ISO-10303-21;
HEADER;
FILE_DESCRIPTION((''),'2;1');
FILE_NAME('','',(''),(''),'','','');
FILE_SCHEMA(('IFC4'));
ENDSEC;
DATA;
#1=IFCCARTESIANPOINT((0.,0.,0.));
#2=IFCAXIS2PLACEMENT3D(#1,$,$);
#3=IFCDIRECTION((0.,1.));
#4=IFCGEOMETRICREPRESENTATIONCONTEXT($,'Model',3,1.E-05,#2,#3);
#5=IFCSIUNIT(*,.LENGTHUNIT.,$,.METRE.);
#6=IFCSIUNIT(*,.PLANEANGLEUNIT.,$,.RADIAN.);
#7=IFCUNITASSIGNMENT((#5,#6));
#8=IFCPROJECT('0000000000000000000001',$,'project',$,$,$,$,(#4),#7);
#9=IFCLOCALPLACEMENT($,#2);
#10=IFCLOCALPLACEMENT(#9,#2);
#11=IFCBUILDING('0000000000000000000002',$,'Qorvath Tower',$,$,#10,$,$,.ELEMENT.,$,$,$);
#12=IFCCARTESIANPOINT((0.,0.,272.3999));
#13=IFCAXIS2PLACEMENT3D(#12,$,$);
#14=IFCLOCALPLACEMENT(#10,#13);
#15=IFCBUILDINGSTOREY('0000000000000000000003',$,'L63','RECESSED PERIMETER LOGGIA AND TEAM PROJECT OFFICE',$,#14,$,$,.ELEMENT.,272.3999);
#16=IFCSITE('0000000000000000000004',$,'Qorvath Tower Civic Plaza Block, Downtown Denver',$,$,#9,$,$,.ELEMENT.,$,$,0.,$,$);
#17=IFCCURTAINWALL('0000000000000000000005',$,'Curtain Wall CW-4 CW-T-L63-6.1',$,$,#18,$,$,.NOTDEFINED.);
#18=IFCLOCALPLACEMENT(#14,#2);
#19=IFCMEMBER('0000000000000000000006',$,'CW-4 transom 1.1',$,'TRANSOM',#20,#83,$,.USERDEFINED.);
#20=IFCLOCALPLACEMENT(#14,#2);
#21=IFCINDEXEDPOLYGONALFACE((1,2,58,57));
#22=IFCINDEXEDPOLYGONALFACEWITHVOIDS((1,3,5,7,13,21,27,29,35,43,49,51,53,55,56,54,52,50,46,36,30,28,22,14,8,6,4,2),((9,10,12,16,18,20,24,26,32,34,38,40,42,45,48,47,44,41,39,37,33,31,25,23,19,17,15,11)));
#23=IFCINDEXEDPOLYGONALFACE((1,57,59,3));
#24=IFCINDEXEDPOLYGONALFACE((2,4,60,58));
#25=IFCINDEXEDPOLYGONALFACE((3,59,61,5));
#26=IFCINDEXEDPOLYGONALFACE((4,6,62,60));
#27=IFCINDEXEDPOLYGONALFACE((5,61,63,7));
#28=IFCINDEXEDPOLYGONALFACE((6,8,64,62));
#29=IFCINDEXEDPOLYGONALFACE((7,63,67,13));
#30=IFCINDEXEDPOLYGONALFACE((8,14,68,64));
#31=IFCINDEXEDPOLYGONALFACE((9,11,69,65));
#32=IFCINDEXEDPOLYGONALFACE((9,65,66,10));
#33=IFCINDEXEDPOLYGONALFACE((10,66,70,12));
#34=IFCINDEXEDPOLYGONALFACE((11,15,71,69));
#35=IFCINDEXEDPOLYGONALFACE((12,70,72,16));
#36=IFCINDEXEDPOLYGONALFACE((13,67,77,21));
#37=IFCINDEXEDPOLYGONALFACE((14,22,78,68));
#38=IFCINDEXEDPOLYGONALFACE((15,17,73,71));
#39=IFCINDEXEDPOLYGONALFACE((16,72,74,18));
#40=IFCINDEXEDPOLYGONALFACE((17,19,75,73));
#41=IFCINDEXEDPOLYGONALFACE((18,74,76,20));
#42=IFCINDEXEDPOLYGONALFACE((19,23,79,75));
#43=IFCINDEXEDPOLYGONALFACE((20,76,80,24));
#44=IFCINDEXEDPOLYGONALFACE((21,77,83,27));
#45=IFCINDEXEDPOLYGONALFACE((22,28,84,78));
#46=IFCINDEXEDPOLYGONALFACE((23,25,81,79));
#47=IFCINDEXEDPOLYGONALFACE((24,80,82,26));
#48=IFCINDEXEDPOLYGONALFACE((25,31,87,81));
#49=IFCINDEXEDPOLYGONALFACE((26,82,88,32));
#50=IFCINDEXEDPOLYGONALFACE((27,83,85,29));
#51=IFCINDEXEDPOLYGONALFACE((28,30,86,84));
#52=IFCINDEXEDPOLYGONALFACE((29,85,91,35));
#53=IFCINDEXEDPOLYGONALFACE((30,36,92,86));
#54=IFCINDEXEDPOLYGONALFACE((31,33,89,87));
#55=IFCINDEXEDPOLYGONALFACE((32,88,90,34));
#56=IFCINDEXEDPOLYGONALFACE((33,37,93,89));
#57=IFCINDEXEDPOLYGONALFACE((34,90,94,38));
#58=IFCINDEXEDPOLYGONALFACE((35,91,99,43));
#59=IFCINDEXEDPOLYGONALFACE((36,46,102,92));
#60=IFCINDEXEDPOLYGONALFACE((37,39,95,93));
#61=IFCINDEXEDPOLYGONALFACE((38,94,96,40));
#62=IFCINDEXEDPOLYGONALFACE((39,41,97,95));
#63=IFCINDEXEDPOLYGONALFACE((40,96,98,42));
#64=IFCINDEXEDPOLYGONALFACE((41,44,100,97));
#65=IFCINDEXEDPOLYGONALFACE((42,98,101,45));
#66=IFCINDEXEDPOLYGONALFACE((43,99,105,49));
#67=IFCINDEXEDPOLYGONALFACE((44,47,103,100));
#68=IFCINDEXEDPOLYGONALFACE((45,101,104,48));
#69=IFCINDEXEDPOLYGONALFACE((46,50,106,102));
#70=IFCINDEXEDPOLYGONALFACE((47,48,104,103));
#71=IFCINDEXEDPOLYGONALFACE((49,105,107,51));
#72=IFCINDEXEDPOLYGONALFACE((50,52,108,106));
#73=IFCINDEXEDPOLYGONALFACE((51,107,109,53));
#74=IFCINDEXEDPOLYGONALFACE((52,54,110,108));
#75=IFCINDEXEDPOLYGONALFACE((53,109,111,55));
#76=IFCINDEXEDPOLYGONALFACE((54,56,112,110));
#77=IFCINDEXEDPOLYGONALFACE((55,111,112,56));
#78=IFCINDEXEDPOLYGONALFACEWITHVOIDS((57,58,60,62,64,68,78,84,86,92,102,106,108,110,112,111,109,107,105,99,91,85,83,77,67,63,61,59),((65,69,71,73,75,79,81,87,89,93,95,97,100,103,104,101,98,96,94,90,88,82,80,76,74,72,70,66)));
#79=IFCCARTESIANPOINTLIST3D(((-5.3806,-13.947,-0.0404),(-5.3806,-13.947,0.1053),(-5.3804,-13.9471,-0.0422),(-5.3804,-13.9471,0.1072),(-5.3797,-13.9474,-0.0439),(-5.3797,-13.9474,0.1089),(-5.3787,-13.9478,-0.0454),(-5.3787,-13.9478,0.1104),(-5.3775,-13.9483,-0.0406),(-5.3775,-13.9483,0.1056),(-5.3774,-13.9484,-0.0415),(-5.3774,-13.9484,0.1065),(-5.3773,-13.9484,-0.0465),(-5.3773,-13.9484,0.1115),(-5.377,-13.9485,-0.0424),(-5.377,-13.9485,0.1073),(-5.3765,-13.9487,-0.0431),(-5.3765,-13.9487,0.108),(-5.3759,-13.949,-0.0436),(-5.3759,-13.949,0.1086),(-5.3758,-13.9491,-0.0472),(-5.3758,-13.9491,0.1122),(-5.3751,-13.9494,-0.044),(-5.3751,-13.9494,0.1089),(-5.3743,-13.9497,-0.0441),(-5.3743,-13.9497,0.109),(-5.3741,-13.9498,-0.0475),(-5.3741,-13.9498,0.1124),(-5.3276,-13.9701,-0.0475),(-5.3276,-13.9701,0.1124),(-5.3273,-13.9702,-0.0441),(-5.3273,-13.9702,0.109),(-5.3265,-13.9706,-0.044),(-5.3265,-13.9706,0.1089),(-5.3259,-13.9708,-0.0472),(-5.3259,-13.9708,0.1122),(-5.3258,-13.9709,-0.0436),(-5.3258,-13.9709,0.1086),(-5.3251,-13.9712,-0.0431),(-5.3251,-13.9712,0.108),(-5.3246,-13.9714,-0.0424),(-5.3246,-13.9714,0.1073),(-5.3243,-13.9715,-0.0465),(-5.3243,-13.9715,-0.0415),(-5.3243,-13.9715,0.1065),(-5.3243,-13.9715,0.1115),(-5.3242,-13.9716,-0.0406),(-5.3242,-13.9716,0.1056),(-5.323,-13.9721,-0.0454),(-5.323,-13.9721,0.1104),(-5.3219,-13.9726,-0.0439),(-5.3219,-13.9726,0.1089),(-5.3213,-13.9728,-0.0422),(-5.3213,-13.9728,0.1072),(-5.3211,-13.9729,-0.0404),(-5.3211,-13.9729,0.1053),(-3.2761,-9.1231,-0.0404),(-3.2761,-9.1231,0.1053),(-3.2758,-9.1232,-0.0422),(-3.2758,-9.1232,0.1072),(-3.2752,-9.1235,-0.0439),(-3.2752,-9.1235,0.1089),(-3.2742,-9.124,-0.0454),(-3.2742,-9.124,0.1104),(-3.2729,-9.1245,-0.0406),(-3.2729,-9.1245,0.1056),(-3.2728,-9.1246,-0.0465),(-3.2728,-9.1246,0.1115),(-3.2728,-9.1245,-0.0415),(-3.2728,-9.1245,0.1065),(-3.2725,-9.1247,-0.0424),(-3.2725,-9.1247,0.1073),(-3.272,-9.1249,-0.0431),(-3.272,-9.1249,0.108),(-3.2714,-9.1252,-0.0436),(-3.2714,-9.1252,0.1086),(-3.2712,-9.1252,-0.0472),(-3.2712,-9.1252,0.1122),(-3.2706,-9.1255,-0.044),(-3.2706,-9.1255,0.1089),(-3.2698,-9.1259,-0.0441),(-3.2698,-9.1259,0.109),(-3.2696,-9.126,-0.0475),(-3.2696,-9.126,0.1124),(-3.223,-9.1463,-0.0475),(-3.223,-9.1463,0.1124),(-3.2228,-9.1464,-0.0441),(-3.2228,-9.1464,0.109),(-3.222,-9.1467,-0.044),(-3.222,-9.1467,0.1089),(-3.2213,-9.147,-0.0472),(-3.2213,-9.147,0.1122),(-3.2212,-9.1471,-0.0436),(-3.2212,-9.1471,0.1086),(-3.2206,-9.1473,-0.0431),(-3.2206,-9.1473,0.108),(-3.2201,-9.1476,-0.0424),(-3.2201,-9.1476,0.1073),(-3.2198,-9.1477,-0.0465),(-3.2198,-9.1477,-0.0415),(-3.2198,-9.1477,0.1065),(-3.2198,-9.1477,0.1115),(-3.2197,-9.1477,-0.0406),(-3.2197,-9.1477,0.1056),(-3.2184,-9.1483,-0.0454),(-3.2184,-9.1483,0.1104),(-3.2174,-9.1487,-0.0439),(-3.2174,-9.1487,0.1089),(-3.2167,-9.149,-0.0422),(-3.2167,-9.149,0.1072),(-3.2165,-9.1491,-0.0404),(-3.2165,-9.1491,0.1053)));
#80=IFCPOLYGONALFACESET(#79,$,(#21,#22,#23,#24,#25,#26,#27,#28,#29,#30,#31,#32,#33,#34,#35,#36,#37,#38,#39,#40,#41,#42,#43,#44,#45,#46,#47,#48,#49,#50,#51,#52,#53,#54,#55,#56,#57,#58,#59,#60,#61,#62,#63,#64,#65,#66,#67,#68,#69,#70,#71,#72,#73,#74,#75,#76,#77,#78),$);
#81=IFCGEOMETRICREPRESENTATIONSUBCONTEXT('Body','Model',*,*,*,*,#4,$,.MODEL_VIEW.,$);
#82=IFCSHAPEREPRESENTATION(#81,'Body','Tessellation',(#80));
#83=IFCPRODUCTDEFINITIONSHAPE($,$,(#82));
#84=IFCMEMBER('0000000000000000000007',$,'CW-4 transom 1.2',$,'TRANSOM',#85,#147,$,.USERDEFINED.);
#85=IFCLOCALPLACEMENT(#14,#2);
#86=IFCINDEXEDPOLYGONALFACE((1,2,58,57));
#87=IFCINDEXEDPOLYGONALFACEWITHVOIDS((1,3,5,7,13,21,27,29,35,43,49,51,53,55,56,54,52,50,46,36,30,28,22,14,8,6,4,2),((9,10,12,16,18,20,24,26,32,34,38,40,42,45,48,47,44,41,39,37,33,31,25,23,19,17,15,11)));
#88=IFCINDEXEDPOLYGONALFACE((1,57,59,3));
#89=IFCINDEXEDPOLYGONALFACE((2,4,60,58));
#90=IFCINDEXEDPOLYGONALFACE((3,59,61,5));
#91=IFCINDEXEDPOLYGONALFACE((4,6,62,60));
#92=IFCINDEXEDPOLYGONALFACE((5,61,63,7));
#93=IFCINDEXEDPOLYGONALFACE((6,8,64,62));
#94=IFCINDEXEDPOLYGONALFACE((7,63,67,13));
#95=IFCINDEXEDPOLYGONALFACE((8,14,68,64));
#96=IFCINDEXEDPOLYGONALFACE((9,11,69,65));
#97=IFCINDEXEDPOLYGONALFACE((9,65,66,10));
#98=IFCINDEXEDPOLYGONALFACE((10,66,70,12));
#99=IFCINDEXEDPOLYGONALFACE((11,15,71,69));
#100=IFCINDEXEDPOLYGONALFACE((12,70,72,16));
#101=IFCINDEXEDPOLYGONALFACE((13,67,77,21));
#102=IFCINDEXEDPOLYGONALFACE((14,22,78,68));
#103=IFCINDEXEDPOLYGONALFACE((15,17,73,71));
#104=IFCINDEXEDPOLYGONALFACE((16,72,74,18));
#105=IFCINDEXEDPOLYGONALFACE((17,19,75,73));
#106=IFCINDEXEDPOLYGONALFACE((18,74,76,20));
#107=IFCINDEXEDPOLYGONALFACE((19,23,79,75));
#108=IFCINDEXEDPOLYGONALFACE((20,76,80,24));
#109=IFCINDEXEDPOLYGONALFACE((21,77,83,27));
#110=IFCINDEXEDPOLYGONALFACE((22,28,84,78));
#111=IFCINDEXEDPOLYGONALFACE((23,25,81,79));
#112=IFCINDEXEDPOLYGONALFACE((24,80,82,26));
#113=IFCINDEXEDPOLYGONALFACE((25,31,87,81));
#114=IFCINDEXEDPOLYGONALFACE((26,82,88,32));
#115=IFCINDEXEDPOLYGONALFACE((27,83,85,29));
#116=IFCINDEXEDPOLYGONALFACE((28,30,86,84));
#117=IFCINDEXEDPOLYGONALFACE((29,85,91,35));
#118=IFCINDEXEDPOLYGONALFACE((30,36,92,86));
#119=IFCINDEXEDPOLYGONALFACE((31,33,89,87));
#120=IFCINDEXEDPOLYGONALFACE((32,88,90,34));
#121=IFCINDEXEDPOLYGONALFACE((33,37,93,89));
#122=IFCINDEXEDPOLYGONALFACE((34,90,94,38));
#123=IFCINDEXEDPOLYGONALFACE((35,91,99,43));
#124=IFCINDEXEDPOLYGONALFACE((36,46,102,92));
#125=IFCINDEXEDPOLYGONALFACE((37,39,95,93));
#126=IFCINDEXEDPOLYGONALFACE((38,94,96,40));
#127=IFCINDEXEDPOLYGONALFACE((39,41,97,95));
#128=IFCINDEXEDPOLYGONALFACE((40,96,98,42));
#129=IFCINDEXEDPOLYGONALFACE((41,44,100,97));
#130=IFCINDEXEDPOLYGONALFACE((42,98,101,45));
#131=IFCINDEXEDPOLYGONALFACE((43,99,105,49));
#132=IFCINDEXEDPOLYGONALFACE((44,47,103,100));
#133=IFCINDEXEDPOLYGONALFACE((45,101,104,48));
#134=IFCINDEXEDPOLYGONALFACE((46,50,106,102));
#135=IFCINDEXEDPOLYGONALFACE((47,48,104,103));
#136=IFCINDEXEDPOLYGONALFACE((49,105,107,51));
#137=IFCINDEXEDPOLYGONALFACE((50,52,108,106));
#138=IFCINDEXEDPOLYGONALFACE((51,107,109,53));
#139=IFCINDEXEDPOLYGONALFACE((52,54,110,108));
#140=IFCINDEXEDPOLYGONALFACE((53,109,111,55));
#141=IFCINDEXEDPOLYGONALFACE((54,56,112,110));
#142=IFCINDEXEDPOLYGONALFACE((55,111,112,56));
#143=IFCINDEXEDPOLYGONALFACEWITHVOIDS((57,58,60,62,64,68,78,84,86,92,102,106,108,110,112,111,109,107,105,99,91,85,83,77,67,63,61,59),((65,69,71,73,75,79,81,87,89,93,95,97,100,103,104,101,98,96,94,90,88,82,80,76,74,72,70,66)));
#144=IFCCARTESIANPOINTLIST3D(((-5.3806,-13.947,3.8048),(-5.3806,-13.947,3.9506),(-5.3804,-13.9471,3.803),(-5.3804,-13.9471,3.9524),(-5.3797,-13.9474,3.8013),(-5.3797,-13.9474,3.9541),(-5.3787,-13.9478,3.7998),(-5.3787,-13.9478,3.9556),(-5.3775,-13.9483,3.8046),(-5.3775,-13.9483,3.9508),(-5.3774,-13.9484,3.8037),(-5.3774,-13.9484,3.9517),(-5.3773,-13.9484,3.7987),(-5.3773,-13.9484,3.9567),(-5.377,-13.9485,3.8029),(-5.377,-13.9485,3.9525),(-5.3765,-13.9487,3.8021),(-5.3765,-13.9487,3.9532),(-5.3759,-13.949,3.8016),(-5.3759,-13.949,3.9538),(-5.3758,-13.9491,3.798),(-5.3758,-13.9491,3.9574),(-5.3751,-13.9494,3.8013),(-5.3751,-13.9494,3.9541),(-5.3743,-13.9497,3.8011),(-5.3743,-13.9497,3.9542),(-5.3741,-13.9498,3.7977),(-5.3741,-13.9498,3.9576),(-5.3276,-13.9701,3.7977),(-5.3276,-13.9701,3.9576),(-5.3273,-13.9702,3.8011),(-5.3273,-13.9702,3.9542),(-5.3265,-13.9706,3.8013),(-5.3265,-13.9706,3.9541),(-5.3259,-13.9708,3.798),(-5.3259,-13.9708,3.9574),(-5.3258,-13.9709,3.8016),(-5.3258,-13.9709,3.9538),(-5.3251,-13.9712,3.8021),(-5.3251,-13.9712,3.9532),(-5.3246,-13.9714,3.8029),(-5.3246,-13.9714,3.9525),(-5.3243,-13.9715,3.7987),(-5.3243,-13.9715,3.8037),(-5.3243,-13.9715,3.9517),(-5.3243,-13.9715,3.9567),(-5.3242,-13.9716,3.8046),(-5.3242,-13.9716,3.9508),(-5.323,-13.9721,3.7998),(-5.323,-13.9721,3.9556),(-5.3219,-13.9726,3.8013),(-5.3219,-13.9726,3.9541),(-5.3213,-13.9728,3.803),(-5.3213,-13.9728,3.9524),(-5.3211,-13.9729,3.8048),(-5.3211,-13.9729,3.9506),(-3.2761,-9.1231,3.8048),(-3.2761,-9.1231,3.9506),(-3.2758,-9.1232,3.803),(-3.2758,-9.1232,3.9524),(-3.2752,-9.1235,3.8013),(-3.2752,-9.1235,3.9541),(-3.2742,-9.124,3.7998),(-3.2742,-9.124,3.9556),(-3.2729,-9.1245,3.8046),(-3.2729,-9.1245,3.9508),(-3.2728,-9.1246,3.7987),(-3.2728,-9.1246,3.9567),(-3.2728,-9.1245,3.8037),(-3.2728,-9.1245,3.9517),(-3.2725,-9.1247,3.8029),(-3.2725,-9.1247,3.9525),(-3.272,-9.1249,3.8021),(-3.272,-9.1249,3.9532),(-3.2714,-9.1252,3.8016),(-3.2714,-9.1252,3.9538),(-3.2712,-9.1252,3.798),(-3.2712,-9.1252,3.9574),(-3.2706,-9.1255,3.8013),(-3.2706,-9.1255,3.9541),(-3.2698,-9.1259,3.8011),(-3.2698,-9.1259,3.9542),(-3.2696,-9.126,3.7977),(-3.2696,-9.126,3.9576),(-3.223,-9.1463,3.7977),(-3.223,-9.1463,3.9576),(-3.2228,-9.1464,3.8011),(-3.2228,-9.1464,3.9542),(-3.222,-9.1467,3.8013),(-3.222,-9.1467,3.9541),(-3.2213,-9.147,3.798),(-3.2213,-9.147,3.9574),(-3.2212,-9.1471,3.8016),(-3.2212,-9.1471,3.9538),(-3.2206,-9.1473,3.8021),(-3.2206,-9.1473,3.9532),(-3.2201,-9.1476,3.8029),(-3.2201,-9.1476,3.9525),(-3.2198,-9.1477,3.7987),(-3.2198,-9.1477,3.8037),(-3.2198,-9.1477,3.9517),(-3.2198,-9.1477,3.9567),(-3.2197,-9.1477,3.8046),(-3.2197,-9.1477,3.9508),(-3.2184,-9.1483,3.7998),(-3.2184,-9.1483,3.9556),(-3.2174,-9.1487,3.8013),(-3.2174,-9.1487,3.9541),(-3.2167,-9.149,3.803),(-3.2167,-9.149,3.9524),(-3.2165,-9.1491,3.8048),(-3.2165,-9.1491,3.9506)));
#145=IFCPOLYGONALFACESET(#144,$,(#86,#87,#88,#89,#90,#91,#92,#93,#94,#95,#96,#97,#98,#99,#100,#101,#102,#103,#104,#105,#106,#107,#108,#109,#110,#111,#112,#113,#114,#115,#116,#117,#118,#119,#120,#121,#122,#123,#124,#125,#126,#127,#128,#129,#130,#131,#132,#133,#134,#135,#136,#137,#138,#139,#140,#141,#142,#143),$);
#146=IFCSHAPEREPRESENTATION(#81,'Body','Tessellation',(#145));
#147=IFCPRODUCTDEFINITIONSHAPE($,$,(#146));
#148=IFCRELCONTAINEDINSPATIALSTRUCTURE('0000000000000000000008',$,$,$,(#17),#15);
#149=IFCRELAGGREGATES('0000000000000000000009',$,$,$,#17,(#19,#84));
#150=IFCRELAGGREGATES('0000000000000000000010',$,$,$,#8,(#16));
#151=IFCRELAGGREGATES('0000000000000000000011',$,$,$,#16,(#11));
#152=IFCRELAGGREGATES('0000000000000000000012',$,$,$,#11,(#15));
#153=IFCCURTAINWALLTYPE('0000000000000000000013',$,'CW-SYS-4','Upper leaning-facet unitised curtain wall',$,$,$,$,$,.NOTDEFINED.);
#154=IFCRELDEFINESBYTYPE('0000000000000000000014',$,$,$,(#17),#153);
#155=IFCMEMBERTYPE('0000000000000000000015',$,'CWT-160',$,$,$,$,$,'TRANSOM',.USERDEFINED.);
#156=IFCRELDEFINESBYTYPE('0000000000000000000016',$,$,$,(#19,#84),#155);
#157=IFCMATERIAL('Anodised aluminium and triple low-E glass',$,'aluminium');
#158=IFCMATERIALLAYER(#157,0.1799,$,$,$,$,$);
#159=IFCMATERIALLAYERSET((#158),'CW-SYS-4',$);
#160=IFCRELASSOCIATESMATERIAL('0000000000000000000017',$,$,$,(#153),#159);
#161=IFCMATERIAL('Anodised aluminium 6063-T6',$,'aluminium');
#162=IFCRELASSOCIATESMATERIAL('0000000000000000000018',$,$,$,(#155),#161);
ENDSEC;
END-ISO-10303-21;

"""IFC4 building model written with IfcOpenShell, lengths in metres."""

from ifc_helpers import new_model, si_unit, direction, frame, origin, origin_2d, place, context, subcontext, project, spatial, hollow_rectangle, extrude, material, layer, layer_set, material_profile, profile_set, type_object, element, aggregate, save


model = new_model("IFC4")

# Units and contexts
model_context = context("Model", 3, precision=1e-05, world=origin(), true_north=direction((0.0, 1.0)))
body_context = subcontext(model_context, "Body", "Model", "MODEL_VIEW")
ifc_project = project(units=[si_unit("LENGTHUNIT", "METRE"), si_unit("PLANEANGLEUNIT", "RADIAN")], contexts=[model_context])

# Site, building, storey
site_placement = place(None, origin())
site = spatial("IfcSite", under=ifc_project, at=site_placement, Name="Qorvath Tower Civic Plaza Block, Downtown Denver", CompositionType="ELEMENT", RefElevation=0.0)
building_placement = place(site_placement, origin())
building = spatial("IfcBuilding", under=site, at=building_placement, Name="Qorvath Tower", CompositionType="ELEMENT")
storey_placement = place(building_placement, frame((0.0, 0.0, 272.3999)))
storey = spatial("IfcBuildingStorey", under=building, at=storey_placement, Name="L63", Description="RECESSED PERIMETER LOGGIA AND TEAM PROJECT OFFICE", CompositionType="ELEMENT", Elevation=272.3999)

# Shared definitions
ifc_material_1 = material(Name="Anodised aluminium and triple low-E glass", Category="aluminium")
ifc_layer_1 = layer(ifc_material_1, 0.1799)
ifc_layer_set_1 = layer_set([ifc_layer_1], Name="CW-SYS-4")
curtain_wall_type = type_object("IfcCurtainWallType", Name="CW-SYS-4", Description="Upper leaning-facet unitised curtain wall", PredefinedType="NOTDEFINED", material=ifc_layer_set_1)

# Curtain wall
curtain_wall_1_placement = place(storey_placement, origin())
curtain_wall_1 = element("IfcCurtainWall", 1, at=curtain_wall_1_placement, inside=storey, type_object=curtain_wall_type, Name="Curtain Wall CW-4 CW-T-L63-6.1", PredefinedType="NOTDEFINED")

# Members
ifc_material_2 = material(Name="Anodised aluminium 6063-T6", Category="aluminium")
ifc_material_profile_1 = material_profile(ifc_material_2, hollow_rectangle(XDim=0.0649, YDim=0.1599, WallThickness=0.0034, InnerFilletRadius=0.0034, OuterFilletRadius=0.0071, at=origin_2d()), Name="CWT 160x65")
ifc_profile_set_1 = profile_set([ifc_material_profile_1], Name="Anodised aluminium 6063-T6")
member_type_1 = type_object("IfcMemberType", Name="CWT-160", ElementType="TRANSOM", PredefinedType="USERDEFINED", material=ifc_profile_set_1)
member_1_placement = place(storey_placement, frame((-5.3508, -13.96, 0.0325), z_axis=(0.399879, 0.916568, 0.0), x_axis=(-0.916568, 0.399879, 0.0)))
member_1 = element("IfcMember", 2, at=member_1_placement, type_object=member_type_1, Name="CW-4 transom 1.1", ObjectType="TRANSOM", PredefinedType="USERDEFINED", context=body_context, shape_type="SweptSolid", body=[
    extrude(hollow_rectangle(XDim=0.0649, YDim=0.1599, WallThickness=0.0034, InnerFilletRadius=0.0034, OuterFilletRadius=0.0071, at=origin_2d()), origin(), (0.0, 0.0, 1.0), 5.2629),
])
member_2_placement = place(storey_placement, frame((-5.3508, -13.96, 3.8777), z_axis=(0.399879, 0.916568, 0.0), x_axis=(-0.916568, 0.399879, 0.0)))
member_2 = element("IfcMember", 3, at=member_2_placement, type_object=member_type_1, Name="CW-4 transom 1.2", ObjectType="TRANSOM", PredefinedType="USERDEFINED", context=body_context, shape_type="SweptSolid", body=[
    extrude(hollow_rectangle(XDim=0.0649, YDim=0.1599, WallThickness=0.0034, InnerFilletRadius=0.0034, OuterFilletRadius=0.0071, at=origin_2d()), origin(), (0.0, 0.0, 1.0), 5.2629),
])

aggregate(curtain_wall_1, [member_1, member_2])

save(model, "model.ifc")
